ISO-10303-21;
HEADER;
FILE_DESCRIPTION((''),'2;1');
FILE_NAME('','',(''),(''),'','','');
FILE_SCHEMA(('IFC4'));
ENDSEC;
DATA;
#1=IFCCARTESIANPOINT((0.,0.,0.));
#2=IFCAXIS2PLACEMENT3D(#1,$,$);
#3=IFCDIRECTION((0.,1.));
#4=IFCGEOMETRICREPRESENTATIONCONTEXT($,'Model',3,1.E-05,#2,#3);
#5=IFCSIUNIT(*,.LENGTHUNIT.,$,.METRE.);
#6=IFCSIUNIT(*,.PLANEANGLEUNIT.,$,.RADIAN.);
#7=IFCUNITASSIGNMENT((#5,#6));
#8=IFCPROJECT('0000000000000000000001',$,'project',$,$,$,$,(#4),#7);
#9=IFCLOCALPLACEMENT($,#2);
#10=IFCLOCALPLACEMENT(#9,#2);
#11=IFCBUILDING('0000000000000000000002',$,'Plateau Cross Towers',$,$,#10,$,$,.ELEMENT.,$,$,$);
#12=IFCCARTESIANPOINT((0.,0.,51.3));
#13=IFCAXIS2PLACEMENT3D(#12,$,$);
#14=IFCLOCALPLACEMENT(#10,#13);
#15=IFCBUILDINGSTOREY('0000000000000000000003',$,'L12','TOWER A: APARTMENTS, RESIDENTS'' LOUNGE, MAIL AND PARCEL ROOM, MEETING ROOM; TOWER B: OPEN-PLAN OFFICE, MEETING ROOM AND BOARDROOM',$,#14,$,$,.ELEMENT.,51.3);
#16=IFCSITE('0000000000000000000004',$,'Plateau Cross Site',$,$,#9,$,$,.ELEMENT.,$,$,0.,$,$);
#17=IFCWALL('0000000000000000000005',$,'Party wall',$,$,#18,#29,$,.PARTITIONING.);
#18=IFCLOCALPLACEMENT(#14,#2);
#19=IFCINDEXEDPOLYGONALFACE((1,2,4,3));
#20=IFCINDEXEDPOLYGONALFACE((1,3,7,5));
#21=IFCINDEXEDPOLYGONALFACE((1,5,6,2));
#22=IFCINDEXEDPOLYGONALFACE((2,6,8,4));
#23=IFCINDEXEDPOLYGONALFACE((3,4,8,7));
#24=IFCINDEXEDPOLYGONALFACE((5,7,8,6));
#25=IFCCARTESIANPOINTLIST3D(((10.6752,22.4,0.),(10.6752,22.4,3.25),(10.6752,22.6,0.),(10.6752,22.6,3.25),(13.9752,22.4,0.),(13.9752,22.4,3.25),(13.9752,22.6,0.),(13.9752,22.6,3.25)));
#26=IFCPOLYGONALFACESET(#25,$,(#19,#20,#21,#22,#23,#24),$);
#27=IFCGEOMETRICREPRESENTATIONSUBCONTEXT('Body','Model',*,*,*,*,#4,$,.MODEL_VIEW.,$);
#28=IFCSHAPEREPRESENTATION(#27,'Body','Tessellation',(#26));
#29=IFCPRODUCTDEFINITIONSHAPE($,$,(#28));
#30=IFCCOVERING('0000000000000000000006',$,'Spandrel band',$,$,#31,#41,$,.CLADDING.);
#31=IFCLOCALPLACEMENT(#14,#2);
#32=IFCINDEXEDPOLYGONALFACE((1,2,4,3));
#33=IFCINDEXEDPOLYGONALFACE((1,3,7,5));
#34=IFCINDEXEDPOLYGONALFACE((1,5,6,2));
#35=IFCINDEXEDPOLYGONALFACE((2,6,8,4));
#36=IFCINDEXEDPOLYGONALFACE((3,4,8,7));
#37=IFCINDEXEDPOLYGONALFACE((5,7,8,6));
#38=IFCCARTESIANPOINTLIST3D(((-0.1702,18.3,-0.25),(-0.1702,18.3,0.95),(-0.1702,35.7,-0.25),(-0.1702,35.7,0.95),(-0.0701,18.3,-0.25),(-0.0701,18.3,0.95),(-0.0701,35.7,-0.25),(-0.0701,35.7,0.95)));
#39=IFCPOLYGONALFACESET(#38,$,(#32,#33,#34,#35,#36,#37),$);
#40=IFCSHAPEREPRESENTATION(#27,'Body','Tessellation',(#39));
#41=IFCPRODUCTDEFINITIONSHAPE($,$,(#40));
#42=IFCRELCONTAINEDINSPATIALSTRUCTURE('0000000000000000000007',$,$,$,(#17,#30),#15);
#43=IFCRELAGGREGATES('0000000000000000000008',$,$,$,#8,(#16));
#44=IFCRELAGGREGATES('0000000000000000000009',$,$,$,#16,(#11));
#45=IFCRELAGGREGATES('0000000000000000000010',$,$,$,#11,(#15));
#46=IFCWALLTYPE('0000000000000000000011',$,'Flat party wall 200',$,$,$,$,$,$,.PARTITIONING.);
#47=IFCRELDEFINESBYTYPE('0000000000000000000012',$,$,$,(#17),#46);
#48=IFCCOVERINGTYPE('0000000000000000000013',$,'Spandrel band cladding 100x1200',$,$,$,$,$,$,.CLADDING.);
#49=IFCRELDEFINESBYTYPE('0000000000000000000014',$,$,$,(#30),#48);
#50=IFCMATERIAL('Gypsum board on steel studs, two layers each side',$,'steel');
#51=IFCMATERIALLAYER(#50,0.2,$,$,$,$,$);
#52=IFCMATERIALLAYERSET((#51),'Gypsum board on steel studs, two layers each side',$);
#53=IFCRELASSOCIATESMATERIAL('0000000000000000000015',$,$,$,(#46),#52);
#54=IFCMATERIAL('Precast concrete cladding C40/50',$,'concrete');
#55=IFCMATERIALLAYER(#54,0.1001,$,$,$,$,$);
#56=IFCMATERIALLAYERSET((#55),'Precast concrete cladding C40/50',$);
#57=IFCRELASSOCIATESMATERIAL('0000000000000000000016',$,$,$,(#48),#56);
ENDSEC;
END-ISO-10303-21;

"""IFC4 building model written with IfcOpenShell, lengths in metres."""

from ifc_helpers import new_model, si_unit, direction, frame, frame_2d, origin, origin_2d, place, context, subcontext, project, spatial, rectangle, extrude, material, layer, layer_set, type_object, element, save


model = new_model("IFC4")

# Units and contexts
model_context = context("Model", 3, precision=1e-05, world=origin(), true_north=direction((0.0, 1.0)))
body_context = subcontext(model_context, "Body", "Model", "MODEL_VIEW")
ifc_project = project(units=[si_unit("LENGTHUNIT", "METRE"), si_unit("PLANEANGLEUNIT", "RADIAN")], contexts=[model_context])

# Site, building, storey
site_placement = place(None, origin())
site = spatial("IfcSite", under=ifc_project, at=site_placement, Name="Plateau Cross Site", CompositionType="ELEMENT", RefElevation=0.0)
building_placement = place(site_placement, origin())
building = spatial("IfcBuilding", under=site, at=building_placement, Name="Plateau Cross Towers", CompositionType="ELEMENT")
storey_placement = place(building_placement, frame((0.0, 0.0, 51.3)))
storey = spatial("IfcBuildingStorey", under=building, at=storey_placement, Name="L12", Description="TOWER A: APARTMENTS, RESIDENTS' LOUNGE, MAIL AND PARCEL ROOM, MEETING ROOM; TOWER B: OPEN-PLAN OFFICE, MEETING ROOM AND BOARDROOM", CompositionType="ELEMENT", Elevation=51.3)

# Wall
ifc_material_1 = material(Name="Gypsum board on steel studs, two layers each side", Category="steel")
ifc_layer_1 = layer(ifc_material_1, 0.2)
ifc_layer_set_1 = layer_set([ifc_layer_1], Name="Gypsum board on steel studs, two layers each side")
wall_type_1 = type_object("IfcWallType", Name="Flat party wall 200", PredefinedType="PARTITIONING", material=ifc_layer_set_1)
wall_1_placement = place(storey_placement, frame((13.9751, 22.5, 0.0), z_axis=(0.0, 0.0, 1.0), x_axis=(-1.0, 0.0, 0.0)))
element("IfcWall", 1, at=wall_1_placement, inside=storey, type_object=wall_type_1, Name="Party wall", PredefinedType="PARTITIONING", context=body_context, shape_type="SweptSolid", body=[
    extrude(rectangle(XDim=3.3, YDim=0.2, at=frame_2d((1.6499, 0.0))), origin(), (0.0, 0.0, 1.0), 3.25),
])

# Covering
ifc_material_2 = material(Name="Precast concrete cladding C40/50", Category="concrete")
ifc_layer_2 = layer(ifc_material_2, 0.1001)
ifc_layer_set_2 = layer_set([ifc_layer_2], Name="Precast concrete cladding C40/50")
covering_type = type_object("IfcCoveringType", Name="Spandrel band cladding 100x1200", PredefinedType="CLADDING", material=ifc_layer_set_2)
covering_placement = place(storey_placement, frame((-0.1201, 27.0, -0.25), z_axis=(0.0, 0.0, 1.0), x_axis=(0.0, -1.0, 0.0)))
element("IfcCovering", 2, at=covering_placement, inside=storey, type_object=covering_type, Name="Spandrel band", PredefinedType="CLADDING", context=body_context, shape_type="SweptSolid", body=[
    extrude(rectangle(XDim=17.3999, YDim=0.1001, at=origin_2d()), origin(), (0.0, 0.0, 1.0), 1.2),
])

save(model, "model.ifc")
